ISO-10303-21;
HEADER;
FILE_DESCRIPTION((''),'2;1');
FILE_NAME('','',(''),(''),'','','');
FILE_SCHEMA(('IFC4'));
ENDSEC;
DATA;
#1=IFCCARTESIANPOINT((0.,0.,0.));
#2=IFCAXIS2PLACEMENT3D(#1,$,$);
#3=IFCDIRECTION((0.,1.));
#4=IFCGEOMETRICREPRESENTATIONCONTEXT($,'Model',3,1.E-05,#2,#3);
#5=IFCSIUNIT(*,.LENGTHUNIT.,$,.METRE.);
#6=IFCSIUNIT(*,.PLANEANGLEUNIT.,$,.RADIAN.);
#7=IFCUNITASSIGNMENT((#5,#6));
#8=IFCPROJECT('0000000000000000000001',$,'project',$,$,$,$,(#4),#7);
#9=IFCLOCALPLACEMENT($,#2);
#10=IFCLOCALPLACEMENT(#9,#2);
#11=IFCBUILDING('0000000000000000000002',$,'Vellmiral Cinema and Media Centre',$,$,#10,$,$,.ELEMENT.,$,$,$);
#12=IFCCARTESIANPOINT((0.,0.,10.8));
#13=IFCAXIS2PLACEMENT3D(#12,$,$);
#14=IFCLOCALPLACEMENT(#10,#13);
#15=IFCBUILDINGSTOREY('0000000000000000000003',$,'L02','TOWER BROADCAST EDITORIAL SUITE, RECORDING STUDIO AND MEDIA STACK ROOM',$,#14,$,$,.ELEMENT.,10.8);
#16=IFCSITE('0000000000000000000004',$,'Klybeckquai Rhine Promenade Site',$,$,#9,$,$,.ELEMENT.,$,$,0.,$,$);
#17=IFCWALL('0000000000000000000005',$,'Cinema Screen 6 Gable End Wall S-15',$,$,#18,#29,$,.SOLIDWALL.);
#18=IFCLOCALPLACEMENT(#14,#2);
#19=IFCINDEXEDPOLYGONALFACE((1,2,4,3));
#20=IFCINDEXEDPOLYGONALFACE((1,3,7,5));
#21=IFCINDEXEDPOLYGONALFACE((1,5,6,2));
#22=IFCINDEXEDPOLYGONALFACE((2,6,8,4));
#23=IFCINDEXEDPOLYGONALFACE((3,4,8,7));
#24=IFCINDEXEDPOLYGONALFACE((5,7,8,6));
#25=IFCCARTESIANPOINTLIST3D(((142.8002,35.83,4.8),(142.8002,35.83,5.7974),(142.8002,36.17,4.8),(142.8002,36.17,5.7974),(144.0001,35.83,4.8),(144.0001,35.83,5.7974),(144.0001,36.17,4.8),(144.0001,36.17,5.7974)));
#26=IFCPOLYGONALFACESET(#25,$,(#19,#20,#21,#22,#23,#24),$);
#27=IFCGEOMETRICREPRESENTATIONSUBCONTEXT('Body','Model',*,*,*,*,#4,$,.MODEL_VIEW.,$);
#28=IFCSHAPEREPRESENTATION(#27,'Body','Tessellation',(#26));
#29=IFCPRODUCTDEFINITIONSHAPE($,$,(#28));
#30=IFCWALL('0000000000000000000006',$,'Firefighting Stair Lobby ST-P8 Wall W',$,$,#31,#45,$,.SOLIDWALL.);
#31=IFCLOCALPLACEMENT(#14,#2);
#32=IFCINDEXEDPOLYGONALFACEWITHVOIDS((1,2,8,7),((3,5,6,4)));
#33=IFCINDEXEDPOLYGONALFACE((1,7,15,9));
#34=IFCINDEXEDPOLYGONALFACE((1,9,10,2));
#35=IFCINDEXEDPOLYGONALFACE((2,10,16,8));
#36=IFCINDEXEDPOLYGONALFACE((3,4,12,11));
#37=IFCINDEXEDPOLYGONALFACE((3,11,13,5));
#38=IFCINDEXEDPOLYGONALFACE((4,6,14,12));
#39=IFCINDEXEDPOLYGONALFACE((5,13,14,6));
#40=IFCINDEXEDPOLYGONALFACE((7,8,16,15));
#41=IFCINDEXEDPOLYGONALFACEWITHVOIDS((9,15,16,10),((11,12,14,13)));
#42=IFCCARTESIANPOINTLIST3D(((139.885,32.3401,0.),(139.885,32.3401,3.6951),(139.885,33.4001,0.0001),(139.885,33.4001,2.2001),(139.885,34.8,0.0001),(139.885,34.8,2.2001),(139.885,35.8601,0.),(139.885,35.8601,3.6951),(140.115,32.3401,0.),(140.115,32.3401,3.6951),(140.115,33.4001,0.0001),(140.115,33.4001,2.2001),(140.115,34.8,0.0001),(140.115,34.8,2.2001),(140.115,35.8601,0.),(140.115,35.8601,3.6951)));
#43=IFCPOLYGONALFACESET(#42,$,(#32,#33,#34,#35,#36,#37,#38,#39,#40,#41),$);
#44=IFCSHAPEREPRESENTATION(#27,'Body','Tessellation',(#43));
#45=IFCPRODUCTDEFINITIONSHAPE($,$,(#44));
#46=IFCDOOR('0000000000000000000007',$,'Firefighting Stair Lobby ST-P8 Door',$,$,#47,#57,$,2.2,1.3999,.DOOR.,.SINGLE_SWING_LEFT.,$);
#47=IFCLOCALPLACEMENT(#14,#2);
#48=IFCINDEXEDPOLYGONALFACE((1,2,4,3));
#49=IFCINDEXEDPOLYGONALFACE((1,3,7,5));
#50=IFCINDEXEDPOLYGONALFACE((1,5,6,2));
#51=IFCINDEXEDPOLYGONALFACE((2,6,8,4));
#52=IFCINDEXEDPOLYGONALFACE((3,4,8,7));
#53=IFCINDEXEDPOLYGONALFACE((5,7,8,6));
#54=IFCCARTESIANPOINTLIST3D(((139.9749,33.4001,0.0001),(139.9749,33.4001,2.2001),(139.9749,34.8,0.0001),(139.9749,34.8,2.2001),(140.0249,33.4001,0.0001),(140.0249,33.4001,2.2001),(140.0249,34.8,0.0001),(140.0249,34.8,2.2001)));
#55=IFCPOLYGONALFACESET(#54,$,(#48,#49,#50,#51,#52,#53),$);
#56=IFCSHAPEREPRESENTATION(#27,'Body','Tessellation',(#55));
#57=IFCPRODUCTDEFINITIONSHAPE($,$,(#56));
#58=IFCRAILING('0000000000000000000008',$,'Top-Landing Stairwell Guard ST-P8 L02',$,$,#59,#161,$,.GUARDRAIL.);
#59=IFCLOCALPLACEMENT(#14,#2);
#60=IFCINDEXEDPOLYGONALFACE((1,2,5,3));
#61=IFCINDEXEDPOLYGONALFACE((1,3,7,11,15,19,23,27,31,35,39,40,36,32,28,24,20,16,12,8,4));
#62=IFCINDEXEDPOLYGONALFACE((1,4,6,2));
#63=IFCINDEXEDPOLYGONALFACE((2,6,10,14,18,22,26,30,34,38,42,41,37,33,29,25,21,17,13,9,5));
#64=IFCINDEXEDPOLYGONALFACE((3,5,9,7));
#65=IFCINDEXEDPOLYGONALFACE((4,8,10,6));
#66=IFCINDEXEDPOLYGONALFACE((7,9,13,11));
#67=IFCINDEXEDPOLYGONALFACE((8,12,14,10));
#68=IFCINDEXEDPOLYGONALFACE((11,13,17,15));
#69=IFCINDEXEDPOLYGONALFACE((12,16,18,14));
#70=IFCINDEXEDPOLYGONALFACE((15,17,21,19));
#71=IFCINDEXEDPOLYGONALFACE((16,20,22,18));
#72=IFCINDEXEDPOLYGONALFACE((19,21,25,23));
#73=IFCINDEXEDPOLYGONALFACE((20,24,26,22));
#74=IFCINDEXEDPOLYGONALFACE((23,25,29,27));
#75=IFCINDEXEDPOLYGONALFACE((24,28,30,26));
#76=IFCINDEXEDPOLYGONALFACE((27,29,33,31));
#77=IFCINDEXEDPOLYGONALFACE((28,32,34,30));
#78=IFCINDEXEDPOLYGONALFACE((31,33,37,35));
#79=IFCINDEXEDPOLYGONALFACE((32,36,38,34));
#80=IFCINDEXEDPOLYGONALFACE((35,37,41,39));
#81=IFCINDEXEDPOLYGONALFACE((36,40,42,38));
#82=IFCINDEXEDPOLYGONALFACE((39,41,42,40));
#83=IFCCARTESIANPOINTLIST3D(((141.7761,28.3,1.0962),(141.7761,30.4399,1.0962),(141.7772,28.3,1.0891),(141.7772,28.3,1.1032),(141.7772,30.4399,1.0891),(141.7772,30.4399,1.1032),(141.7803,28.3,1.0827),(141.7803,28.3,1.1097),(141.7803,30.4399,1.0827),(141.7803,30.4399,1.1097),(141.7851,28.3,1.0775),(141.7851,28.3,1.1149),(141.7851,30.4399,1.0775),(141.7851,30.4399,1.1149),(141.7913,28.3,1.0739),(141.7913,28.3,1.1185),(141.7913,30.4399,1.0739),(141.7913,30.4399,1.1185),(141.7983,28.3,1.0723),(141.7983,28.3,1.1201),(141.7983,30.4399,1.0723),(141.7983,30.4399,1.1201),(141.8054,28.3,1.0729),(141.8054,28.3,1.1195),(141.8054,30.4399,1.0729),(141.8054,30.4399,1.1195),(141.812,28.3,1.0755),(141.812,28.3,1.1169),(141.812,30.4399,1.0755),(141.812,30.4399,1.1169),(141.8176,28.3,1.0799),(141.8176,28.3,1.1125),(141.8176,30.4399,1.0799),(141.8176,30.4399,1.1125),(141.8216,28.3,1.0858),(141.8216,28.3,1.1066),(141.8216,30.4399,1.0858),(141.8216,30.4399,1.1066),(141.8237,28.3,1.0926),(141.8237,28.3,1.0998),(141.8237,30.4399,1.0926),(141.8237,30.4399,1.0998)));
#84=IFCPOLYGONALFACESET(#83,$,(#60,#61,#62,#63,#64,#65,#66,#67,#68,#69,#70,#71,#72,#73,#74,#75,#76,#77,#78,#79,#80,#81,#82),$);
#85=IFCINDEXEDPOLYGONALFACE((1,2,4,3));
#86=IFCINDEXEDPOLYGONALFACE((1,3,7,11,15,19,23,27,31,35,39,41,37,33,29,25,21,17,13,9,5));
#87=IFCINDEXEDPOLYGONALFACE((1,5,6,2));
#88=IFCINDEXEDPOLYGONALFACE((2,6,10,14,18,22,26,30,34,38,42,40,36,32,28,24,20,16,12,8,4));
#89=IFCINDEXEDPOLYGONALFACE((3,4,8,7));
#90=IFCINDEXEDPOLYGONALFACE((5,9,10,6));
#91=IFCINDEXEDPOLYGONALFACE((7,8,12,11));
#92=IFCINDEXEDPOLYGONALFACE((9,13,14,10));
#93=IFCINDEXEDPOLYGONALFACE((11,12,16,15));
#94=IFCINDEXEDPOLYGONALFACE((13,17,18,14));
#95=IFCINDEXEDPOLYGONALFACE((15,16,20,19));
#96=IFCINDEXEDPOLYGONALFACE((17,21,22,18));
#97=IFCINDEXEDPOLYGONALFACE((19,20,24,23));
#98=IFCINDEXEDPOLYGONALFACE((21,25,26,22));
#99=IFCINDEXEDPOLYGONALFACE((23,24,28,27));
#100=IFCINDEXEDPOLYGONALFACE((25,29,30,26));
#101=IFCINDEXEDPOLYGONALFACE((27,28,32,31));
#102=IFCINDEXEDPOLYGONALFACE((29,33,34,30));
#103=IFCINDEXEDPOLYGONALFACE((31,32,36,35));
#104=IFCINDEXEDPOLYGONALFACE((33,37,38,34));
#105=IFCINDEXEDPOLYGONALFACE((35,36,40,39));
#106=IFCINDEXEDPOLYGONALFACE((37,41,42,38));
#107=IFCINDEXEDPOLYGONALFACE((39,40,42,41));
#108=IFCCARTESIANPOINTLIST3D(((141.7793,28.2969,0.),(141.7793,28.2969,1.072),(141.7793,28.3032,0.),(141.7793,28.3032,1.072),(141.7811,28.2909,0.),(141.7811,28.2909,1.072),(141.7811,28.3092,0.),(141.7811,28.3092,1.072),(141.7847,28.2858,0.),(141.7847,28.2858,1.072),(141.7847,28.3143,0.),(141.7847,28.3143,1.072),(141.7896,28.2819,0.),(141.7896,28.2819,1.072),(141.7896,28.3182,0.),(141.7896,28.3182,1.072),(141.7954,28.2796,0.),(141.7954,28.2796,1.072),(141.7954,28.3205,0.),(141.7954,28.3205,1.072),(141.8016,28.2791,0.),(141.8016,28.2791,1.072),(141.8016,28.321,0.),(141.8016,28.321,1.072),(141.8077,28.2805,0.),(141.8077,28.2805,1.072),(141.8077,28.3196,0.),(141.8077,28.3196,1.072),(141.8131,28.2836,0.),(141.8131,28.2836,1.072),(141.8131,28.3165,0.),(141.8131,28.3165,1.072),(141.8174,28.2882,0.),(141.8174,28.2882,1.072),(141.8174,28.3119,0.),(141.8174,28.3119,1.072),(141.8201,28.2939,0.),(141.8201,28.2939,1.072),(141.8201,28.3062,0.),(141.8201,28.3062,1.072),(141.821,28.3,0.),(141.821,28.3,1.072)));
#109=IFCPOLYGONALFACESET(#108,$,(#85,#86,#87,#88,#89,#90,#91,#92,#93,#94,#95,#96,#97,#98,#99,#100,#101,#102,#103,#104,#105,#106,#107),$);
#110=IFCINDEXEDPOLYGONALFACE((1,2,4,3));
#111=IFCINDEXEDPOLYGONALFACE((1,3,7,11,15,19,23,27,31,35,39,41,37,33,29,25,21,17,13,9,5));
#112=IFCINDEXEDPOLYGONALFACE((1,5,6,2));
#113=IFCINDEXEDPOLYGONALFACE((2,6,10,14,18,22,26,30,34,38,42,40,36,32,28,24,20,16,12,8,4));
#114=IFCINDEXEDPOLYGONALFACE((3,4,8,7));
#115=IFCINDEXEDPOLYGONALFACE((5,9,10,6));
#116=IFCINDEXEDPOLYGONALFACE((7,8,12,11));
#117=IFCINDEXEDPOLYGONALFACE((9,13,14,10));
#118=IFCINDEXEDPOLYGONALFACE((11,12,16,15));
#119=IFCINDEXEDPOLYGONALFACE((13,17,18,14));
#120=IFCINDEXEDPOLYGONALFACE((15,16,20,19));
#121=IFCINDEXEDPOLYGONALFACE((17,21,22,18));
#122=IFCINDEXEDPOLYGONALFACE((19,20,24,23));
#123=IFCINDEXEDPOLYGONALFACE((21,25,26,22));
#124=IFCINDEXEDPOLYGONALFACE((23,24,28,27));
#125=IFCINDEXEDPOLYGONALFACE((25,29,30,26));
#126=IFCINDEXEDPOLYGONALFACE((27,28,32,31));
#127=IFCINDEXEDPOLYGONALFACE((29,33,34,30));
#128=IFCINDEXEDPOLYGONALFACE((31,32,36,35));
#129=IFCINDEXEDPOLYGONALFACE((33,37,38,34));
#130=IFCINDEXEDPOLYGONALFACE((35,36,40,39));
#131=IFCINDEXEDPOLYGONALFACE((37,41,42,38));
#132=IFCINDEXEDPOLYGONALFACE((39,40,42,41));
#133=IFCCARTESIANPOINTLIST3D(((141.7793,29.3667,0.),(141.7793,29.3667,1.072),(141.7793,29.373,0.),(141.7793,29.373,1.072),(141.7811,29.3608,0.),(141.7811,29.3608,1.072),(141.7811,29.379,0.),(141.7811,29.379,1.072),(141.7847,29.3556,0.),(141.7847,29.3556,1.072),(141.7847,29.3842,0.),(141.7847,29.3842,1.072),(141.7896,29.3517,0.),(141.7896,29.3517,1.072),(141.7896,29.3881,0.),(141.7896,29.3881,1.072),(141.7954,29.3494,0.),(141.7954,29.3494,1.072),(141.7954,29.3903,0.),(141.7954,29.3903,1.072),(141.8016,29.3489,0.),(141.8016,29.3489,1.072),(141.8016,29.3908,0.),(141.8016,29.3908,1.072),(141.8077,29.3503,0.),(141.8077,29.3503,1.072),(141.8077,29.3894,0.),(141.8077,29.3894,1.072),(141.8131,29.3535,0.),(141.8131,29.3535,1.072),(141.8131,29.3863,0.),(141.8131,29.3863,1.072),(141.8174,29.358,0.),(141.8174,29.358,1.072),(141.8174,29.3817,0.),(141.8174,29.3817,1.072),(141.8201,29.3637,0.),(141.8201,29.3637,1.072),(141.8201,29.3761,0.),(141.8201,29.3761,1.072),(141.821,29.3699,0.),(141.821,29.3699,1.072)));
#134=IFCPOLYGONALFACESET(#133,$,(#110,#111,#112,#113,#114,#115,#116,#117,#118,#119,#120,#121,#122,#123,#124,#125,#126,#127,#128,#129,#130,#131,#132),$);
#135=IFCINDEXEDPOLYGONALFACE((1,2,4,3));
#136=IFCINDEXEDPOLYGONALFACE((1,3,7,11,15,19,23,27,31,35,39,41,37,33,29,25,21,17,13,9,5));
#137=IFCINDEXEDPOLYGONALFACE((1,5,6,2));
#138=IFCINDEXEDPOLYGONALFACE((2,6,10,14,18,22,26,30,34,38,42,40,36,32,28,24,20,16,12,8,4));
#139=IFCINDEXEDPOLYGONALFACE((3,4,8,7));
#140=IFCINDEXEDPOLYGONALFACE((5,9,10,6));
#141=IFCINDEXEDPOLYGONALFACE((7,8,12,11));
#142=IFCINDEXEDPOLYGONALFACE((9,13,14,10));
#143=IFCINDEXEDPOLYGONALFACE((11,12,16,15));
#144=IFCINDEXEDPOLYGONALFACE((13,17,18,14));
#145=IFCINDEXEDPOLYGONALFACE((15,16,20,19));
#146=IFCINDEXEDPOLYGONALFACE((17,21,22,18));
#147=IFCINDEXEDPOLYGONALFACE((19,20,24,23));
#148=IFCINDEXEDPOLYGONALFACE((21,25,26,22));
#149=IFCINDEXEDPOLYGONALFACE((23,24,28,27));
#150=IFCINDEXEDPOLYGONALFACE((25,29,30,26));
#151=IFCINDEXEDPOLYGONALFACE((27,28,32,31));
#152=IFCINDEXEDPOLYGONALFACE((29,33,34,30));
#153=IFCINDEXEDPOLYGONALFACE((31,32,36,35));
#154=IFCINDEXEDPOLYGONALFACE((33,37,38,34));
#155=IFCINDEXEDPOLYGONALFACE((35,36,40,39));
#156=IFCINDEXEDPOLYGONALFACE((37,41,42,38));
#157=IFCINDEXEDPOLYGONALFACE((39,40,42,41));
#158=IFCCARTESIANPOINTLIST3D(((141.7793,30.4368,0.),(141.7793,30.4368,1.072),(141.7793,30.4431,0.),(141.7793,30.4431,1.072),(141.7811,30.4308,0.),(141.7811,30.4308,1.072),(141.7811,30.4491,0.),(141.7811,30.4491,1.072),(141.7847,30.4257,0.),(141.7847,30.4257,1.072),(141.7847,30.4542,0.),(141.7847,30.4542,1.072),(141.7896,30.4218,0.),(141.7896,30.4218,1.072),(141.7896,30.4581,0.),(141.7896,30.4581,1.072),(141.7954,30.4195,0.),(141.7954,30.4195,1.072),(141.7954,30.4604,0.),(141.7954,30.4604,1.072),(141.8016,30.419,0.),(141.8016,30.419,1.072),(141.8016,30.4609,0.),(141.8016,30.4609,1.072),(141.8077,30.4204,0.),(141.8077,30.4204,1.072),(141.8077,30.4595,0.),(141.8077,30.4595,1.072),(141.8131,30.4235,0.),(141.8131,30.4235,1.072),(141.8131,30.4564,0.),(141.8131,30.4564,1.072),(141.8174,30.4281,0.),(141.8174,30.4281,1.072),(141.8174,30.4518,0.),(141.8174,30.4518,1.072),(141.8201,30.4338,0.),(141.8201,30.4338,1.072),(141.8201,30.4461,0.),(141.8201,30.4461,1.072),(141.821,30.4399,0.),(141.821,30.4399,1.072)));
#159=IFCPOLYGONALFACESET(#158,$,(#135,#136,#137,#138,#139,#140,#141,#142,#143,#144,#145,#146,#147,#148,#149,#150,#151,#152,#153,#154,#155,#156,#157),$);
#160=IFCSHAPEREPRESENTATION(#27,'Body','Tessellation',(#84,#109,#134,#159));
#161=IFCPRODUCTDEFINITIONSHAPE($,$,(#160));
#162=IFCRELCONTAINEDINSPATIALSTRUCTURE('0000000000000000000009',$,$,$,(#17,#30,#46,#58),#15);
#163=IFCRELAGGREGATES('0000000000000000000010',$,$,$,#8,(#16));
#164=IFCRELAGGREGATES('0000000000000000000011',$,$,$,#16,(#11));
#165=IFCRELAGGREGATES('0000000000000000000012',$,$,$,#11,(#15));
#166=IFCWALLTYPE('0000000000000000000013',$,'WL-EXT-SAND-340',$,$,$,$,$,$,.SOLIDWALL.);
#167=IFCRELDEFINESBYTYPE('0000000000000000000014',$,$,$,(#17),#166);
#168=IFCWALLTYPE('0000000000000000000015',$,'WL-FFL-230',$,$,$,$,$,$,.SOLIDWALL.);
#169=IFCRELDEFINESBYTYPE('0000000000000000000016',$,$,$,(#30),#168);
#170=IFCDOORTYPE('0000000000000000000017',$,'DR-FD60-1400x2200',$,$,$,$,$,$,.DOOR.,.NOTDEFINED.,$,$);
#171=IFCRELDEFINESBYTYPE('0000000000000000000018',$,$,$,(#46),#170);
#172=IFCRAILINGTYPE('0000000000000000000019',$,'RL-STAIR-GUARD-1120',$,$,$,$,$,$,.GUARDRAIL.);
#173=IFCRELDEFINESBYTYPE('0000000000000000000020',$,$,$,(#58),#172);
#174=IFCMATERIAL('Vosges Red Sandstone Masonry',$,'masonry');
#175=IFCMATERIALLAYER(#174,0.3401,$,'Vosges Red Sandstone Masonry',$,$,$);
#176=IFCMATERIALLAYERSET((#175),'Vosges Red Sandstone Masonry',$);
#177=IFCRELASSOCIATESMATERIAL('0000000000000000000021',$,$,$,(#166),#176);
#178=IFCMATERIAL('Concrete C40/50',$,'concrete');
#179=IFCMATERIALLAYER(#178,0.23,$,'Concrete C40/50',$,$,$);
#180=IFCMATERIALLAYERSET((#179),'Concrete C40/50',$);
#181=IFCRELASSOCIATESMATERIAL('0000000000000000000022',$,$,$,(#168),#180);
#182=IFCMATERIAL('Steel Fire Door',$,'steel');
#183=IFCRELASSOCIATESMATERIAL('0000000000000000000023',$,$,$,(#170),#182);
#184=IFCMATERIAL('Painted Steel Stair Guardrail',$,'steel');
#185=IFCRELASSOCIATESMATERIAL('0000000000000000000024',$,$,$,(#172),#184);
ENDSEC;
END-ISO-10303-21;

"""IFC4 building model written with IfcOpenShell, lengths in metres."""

from ifc_helpers import new_model, si_unit, direction, frame, frame_2d, origin, origin_2d, place, context, subcontext, project, spatial, rectangle, circle, extrude, material, layer, layer_set, type_object, element, fill, save


model = new_model("IFC4")

# Units and contexts
model_context = context("Model", 3, precision=1e-05, world=origin(), true_north=direction((0.0, 1.0)))
body_context = subcontext(model_context, "Body", "Model", "MODEL_VIEW")
ifc_project = project(units=[si_unit("LENGTHUNIT", "METRE"), si_unit("PLANEANGLEUNIT", "RADIAN")], contexts=[model_context])

# Site, building, storey
site_placement = place(None, origin())
site = spatial("IfcSite", under=ifc_project, at=site_placement, Name="Klybeckquai Rhine Promenade Site", CompositionType="ELEMENT", RefElevation=0.0)
building_placement = place(site_placement, origin())
building = spatial("IfcBuilding", under=site, at=building_placement, Name="Vellmiral Cinema and Media Centre", CompositionType="ELEMENT")
storey_placement = place(building_placement, frame((0.0, 0.0, 10.8)))
storey = spatial("IfcBuildingStorey", under=building, at=storey_placement, Name="L02", Description="TOWER BROADCAST EDITORIAL SUITE, RECORDING STUDIO AND MEDIA STACK ROOM", CompositionType="ELEMENT", Elevation=10.8)

# Wall
ifc_material_1 = material(Name="Vosges Red Sandstone Masonry", Category="masonry")
ifc_layer_1 = layer(ifc_material_1, 0.3401, Name="Vosges Red Sandstone Masonry")
ifc_layer_set_1 = layer_set([ifc_layer_1], Name="Vosges Red Sandstone Masonry")
wall_type_1 = type_object("IfcWallType", Name="WL-EXT-SAND-340", PredefinedType="SOLIDWALL", material=ifc_layer_set_1)
wall_1_placement = place(storey_placement, frame((142.8, 36.0, 4.8), z_axis=(0.0, 0.0, 1.0), x_axis=(1.0, 0.0, 0.0)))
element("IfcWall", 1, at=wall_1_placement, inside=storey, type_object=wall_type_1, Name="Cinema Screen 6 Gable End Wall S-15", PredefinedType="SOLIDWALL", context=body_context, shape_type="SweptSolid", body=[
    extrude(rectangle(XDim=1.2, YDim=0.3401, at=frame_2d((0.6001, 0.0))), origin(), (0.0, 0.0, 1.0), 0.9973),
])

# Wall, opening, door
ifc_material_2 = material(Name="Concrete C40/50", Category="concrete")
ifc_layer_2 = layer(ifc_material_2, 0.23, Name="Concrete C40/50")
ifc_layer_set_2 = layer_set([ifc_layer_2], Name="Concrete C40/50")
wall_type_2 = type_object("IfcWallType", Name="WL-FFL-230", PredefinedType="SOLIDWALL", material=ifc_layer_set_2)
wall_2_placement = place(storey_placement, frame((140.0, 32.3401, 0.0), z_axis=(0.0, 0.0, 1.0), x_axis=(0.0, 1.0, 0.0)))
wall_2 = element("IfcWall", 2, at=wall_2_placement, inside=storey, type_object=wall_type_2, Name="Firefighting Stair Lobby ST-P8 Wall W", PredefinedType="SOLIDWALL", context=body_context, shape_type="SweptSolid", body=[
    extrude(rectangle(XDim=3.52, YDim=0.23, at=frame_2d((1.76, 0.0))), origin(), (0.0, 0.0, 1.0), 3.6951),
])
opening_1_placement = place(wall_2_placement, frame((1.0601, 0.0, 0.0)))
opening_1 = element("IfcOpeningElement", 3, at=opening_1_placement, cuts=wall_2, PredefinedType="OPENING", context=body_context, shape_type="SweptSolid", body=[
    extrude(rectangle(XDim=1.3999, YDim=2.2, at=frame_2d((0.7, 1.1001))), frame((0.0, 0.127, 0.0), z_axis=(0.0, -1.0, 0.0), x_axis=(1.0, 0.0, 0.0)), (0.0, 0.0, 1.0), 0.2539),
])
ifc_material_3 = material(Name="Steel Fire Door", Category="steel")
door_type_1 = type_object("IfcDoorType", Name="DR-FD60-1400x2200", OperationType="NOTDEFINED", PredefinedType="DOOR", material=ifc_material_3)
door_1_placement = place(opening_1_placement, frame((1.3999, 0.0, 0.0), z_axis=(0.0, 0.0, 1.0), x_axis=(-1.0, 0.0, 0.0)))
door_1 = element("IfcDoor", 4, at=door_1_placement, inside=storey, type_object=door_type_1, Name="Firefighting Stair Lobby ST-P8 Door", OperationType="SINGLE_SWING_LEFT", OverallHeight=2.2, OverallWidth=1.3999, PredefinedType="DOOR", context=body_context, shape_type="SweptSolid", body=[
    extrude(rectangle(XDim=1.3999, YDim=2.2, at=frame_2d((0.7, 1.1001))), frame((0.0, 0.0249, 0.0), z_axis=(0.0, -1.0, 0.0), x_axis=(1.0, 0.0, 0.0)), (0.0, 0.0, 1.0), 0.05),
])
fill(opening_1, door_1)

# Railing
ifc_material_4 = material(Name="Painted Steel Stair Guardrail", Category="steel")
railing_type = type_object("IfcRailingType", Name="RL-STAIR-GUARD-1120", PredefinedType="GUARDRAIL", material=ifc_material_4)
railing_placement = place(storey_placement, frame((141.8, 28.3, 0.0)))
element("IfcRailing", 5, at=railing_placement, inside=storey, type_object=railing_type, Name="Top-Landing Stairwell Guard ST-P8 L02", PredefinedType="GUARDRAIL", context=body_context, shape_type="SweptSolid", body=[
    extrude(circle(Radius=0.0239, at=origin_2d()), frame((0.0, 0.0, 1.0962), z_axis=(0.0, 1.0, 0.0), x_axis=(-1.0, 0.0, 0.0)), (0.0, 0.0, 1.0), 2.1399),
    extrude(circle(Radius=0.021, at=origin_2d()), origin(), (0.0, 0.0, 1.0), 1.072),
    extrude(circle(Radius=0.021, at=origin_2d()), frame((0.0, 1.0698, 0.0)), (0.0, 0.0, 1.0), 1.072),
    extrude(circle(Radius=0.021, at=origin_2d()), frame((0.0, 2.1399, 0.0)), (0.0, 0.0, 1.0), 1.072),
])

save(model, "model.ifc")
